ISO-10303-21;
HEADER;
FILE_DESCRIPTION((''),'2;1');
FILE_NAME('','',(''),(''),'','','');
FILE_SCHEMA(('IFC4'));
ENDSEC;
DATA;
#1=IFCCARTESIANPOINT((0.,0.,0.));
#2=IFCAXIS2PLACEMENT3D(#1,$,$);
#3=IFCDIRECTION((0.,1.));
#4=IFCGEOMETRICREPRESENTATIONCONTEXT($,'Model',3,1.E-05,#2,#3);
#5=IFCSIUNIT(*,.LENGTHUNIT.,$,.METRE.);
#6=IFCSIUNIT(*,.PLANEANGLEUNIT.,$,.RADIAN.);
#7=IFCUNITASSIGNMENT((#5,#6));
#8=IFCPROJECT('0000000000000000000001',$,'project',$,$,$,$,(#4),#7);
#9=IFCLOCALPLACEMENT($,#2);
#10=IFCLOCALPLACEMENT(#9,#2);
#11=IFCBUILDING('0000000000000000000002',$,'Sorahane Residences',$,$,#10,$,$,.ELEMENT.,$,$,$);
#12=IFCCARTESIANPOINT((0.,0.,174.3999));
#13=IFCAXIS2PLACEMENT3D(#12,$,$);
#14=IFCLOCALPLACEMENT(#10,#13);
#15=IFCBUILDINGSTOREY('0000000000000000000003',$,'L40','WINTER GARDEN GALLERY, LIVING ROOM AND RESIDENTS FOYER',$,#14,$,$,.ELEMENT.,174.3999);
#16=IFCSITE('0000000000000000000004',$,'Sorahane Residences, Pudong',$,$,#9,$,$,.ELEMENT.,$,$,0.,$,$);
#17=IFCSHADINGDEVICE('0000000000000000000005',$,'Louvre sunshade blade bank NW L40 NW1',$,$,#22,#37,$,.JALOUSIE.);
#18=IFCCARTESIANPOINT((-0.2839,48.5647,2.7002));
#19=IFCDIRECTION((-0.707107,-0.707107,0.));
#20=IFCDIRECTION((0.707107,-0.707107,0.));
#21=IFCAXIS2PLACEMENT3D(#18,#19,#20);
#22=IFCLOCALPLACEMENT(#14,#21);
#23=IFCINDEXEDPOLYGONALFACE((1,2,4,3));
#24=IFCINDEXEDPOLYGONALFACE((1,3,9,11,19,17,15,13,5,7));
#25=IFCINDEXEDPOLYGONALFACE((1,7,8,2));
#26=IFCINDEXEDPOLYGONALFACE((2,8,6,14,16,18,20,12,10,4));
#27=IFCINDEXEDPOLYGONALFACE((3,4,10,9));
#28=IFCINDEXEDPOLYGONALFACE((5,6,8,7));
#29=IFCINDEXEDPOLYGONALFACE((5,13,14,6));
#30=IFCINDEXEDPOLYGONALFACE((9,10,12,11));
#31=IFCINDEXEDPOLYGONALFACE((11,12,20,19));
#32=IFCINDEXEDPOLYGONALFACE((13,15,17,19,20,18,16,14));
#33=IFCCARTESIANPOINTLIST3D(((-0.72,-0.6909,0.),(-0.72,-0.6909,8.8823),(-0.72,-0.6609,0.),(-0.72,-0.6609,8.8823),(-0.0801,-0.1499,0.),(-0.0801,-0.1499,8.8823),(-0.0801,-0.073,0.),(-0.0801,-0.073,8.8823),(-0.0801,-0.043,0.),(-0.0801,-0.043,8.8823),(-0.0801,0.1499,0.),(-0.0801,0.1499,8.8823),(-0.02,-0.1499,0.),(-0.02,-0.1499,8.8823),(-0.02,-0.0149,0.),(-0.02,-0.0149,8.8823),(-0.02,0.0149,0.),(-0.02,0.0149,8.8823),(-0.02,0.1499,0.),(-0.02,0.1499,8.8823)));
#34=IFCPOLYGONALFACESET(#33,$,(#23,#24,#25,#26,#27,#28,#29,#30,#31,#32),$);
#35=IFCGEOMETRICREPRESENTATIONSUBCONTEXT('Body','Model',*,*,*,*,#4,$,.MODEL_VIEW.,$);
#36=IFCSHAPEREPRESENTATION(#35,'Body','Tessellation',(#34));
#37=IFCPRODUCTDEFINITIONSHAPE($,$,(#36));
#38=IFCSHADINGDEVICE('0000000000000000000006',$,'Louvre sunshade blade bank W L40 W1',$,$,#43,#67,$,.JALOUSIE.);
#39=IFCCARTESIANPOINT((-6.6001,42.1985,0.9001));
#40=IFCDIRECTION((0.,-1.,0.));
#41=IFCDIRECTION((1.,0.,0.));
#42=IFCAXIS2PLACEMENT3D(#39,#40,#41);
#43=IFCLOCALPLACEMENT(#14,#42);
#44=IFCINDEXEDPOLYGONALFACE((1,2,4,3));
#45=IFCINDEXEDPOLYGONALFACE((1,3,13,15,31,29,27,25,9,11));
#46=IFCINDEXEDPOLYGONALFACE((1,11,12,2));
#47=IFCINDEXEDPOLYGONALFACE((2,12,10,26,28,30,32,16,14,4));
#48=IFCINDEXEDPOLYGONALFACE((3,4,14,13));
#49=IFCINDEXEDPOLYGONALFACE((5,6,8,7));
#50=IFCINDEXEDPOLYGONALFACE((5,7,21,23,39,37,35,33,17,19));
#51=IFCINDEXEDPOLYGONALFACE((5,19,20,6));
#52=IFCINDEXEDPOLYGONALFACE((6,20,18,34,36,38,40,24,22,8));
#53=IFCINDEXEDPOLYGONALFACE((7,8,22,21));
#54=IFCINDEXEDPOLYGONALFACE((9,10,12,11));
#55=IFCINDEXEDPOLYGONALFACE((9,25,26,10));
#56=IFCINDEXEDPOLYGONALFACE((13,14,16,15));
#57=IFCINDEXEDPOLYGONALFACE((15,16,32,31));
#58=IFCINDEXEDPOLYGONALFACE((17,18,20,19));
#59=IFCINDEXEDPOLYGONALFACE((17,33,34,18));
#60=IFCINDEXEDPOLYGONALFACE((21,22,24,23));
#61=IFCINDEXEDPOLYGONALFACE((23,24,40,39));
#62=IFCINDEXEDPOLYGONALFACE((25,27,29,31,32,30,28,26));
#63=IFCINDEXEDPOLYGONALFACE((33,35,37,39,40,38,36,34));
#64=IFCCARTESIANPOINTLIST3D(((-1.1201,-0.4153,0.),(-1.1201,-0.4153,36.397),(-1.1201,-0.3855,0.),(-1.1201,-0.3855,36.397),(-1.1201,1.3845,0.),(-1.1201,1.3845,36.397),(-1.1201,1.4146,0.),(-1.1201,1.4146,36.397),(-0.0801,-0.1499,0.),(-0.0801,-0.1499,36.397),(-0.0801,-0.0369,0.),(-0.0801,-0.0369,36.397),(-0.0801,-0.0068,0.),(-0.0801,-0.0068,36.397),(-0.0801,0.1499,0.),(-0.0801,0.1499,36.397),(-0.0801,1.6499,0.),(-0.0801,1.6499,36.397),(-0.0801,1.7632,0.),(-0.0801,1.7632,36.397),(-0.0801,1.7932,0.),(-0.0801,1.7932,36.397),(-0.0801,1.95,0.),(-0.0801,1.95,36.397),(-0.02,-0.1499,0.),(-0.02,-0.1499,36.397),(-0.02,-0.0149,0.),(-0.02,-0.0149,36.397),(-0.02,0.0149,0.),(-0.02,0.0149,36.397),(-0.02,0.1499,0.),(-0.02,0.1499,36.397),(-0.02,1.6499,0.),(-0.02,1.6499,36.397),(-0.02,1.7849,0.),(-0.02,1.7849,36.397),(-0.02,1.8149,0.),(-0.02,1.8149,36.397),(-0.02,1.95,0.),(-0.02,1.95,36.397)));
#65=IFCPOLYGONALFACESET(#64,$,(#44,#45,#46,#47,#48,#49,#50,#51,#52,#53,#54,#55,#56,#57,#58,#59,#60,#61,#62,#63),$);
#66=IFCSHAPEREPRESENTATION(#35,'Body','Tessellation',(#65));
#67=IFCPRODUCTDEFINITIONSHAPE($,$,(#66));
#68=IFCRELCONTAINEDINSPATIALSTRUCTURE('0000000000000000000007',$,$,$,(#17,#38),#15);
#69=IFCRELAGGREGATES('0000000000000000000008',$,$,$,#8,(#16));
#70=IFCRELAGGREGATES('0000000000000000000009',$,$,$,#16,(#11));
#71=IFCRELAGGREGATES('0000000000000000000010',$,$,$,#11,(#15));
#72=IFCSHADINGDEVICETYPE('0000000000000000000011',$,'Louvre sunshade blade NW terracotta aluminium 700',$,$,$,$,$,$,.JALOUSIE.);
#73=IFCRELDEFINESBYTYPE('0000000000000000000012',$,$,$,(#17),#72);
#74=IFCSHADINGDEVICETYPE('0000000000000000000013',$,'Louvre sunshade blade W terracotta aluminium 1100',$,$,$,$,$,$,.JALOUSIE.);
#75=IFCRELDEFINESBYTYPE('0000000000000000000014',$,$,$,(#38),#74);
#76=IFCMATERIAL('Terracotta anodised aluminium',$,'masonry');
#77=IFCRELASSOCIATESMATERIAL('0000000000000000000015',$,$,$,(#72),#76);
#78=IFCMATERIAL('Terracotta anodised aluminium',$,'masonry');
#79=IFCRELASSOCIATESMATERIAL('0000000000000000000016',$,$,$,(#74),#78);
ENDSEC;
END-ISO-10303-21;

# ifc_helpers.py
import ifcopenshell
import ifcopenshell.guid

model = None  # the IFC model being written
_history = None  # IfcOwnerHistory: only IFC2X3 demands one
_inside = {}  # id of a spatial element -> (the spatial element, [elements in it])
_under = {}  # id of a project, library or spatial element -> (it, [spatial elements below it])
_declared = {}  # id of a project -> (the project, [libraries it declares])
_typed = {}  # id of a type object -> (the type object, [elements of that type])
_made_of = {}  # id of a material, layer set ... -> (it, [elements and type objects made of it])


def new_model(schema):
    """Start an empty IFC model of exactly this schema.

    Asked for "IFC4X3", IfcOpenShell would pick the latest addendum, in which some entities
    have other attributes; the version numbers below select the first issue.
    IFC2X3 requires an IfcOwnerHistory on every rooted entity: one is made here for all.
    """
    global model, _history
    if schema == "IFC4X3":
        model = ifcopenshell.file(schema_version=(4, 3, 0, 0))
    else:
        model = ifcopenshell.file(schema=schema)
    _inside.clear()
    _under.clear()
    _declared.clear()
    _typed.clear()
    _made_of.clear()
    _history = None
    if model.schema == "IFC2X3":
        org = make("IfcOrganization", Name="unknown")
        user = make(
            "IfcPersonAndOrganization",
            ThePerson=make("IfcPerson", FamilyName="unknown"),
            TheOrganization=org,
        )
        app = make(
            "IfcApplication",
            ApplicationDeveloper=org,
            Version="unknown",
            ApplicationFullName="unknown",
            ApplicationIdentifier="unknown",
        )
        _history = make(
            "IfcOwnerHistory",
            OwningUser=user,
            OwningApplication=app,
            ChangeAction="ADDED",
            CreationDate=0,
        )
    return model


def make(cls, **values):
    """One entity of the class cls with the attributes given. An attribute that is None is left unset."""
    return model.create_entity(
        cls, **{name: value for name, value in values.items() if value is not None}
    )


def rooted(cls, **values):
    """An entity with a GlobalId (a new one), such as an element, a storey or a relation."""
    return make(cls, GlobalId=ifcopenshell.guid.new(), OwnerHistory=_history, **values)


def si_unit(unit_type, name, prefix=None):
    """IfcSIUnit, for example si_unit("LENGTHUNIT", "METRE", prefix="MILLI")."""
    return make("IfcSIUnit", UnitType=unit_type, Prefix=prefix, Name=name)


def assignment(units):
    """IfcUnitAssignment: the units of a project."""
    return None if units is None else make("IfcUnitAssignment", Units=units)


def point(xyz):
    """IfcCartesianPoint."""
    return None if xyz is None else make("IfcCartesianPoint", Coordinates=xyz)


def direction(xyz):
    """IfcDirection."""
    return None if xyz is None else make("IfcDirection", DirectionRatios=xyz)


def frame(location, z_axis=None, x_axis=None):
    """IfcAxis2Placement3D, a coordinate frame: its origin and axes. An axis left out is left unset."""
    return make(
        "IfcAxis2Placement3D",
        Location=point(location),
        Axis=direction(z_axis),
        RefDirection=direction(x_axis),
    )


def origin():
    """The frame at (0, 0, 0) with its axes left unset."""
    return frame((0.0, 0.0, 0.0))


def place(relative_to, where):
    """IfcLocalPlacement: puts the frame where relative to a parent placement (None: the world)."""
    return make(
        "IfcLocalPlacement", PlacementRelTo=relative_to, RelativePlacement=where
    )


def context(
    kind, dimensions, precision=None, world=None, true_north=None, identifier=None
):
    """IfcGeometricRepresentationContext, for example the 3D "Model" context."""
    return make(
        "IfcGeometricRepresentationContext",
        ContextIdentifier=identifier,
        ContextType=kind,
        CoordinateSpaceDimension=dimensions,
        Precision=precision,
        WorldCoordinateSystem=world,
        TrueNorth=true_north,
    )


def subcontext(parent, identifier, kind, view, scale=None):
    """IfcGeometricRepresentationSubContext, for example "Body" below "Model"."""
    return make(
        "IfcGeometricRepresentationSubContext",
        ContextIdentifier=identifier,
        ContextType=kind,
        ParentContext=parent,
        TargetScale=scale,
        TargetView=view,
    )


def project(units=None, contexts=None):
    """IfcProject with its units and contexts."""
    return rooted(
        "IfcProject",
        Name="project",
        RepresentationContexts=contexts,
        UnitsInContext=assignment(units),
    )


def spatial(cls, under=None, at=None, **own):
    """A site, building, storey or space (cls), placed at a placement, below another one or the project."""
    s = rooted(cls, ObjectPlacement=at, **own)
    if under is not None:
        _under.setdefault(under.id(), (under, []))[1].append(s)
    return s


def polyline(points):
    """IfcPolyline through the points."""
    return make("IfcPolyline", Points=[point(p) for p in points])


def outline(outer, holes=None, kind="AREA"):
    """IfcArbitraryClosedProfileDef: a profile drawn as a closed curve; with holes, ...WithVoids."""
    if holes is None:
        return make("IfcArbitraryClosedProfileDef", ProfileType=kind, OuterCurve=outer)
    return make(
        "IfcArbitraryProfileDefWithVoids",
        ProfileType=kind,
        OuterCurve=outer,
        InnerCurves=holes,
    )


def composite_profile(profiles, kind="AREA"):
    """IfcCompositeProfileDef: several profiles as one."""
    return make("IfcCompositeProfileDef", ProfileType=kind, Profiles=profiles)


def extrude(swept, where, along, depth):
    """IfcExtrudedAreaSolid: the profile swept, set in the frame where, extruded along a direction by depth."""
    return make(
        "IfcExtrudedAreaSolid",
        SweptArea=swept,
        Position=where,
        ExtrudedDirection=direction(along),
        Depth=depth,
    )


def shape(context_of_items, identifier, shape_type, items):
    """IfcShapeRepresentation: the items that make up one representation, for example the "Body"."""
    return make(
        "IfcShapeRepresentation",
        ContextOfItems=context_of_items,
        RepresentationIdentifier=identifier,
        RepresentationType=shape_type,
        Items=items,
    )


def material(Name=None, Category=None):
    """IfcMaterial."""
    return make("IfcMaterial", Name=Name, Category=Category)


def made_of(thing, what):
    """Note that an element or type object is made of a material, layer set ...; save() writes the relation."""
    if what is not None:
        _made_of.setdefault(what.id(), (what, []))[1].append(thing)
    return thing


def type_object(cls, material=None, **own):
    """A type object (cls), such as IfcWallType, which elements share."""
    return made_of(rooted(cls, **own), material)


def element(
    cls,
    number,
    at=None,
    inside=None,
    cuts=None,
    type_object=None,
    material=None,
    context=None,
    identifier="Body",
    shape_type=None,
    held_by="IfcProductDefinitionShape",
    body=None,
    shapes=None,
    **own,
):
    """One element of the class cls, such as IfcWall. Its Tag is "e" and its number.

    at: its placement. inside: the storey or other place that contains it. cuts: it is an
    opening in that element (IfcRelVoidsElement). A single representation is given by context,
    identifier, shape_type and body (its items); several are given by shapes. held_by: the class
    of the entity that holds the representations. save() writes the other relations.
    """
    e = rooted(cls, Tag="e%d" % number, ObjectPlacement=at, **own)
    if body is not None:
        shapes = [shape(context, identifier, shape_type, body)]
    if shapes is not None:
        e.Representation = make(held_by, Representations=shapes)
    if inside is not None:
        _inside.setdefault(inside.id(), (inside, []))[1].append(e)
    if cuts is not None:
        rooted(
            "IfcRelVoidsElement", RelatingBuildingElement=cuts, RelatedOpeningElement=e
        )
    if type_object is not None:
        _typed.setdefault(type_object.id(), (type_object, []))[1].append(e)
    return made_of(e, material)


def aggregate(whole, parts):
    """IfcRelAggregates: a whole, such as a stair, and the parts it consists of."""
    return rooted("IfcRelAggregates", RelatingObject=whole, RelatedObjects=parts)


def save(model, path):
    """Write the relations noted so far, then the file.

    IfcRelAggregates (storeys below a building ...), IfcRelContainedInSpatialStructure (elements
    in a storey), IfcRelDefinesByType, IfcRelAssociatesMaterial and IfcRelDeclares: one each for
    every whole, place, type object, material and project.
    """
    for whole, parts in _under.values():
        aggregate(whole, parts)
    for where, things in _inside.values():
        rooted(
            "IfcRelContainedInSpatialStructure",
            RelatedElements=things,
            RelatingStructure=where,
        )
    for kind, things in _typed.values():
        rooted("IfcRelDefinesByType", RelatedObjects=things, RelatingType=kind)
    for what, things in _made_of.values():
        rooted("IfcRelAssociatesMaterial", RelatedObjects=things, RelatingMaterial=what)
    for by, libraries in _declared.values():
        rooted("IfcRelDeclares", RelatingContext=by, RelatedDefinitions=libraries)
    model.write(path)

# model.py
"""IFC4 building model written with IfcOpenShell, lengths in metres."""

from ifc_helpers import new_model, si_unit, direction, frame, origin, place, context, subcontext, project, spatial, polyline, outline, composite_profile, extrude, material, type_object, element, save


model = new_model("IFC4")

# Units and contexts
model_context = context("Model", 3, precision=1e-05, world=origin(), true_north=direction((0.0, 1.0)))
body_context = subcontext(model_context, "Body", "Model", "MODEL_VIEW")
ifc_project = project(units=[si_unit("LENGTHUNIT", "METRE"), si_unit("PLANEANGLEUNIT", "RADIAN")], contexts=[model_context])

# Site, building, storey
site_placement = place(None, origin())
site = spatial("IfcSite", under=ifc_project, at=site_placement, Name="Sorahane Residences, Pudong", CompositionType="ELEMENT", RefElevation=0.0)
building_placement = place(site_placement, origin())
building = spatial("IfcBuilding", under=site, at=building_placement, Name="Sorahane Residences", CompositionType="ELEMENT")
storey_placement = place(building_placement, frame((0.0, 0.0, 174.3999)))
storey = spatial("IfcBuildingStorey", under=building, at=storey_placement, Name="L40", Description="WINTER GARDEN GALLERY, LIVING ROOM AND RESIDENTS FOYER", CompositionType="ELEMENT", Elevation=174.3999)

# Shading devices
ifc_material_1 = material(Name="Terracotta anodised aluminium", Category="masonry")
shading_device_type_1 = type_object("IfcShadingDeviceType", Name="Louvre sunshade blade NW terracotta aluminium 700", PredefinedType="JALOUSIE", material=ifc_material_1)
shading_device_1_placement = place(storey_placement, frame((-0.2839, 48.5647, 2.7002), z_axis=(-0.707107, -0.707107, 0.0), x_axis=(0.707107, -0.707107, 0.0)))
element("IfcShadingDevice", 1, at=shading_device_1_placement, inside=storey, type_object=shading_device_type_1, Name="Louvre sunshade blade bank NW L40 NW1", PredefinedType="JALOUSIE", context=body_context, shape_type="SweptSolid", body=[
    extrude(outline(polyline([(-0.72, -0.6609), (-0.72, -0.6909), (-0.0801, -0.073), (-0.0801, -0.1499), (-0.02, -0.1499), (-0.02, -0.0149), (-0.02, 0.0149), (-0.02, 0.1499), (-0.0801, 0.1499), (-0.0801, -0.043), (-0.72, -0.6609)])), origin(), (0.0, 0.0, 1.0), 8.8823),
])
ifc_material_2 = material(Name="Terracotta anodised aluminium", Category="masonry")
shading_device_type_2 = type_object("IfcShadingDeviceType", Name="Louvre sunshade blade W terracotta aluminium 1100", PredefinedType="JALOUSIE", material=ifc_material_2)
shading_device_2_placement = place(storey_placement, frame((-6.6001, 42.1985, 0.9001), z_axis=(0.0, -1.0, 0.0), x_axis=(1.0, 0.0, 0.0)))
element("IfcShadingDevice", 2, at=shading_device_2_placement, inside=storey, type_object=shading_device_type_2, Name="Louvre sunshade blade bank W L40 W1", PredefinedType="JALOUSIE", context=body_context, shape_type="SweptSolid", body=[
    extrude(composite_profile([outline(polyline([(-1.1201, -0.3855), (-1.1201, -0.4153), (-0.0801, -0.0369), (-0.0801, -0.1499), (-0.02, -0.1499), (-0.02, -0.0149), (-0.02, 0.0149), (-0.02, 0.1499), (-0.0801, 0.1499), (-0.0801, -0.0068), (-1.1201, -0.3855)])), outline(polyline([(-1.1201, 1.4146), (-1.1201, 1.3845), (-0.0801, 1.7632), (-0.0801, 1.6499), (-0.02, 1.6499), (-0.02, 1.7849), (-0.02, 1.8149), (-0.02, 1.95), (-0.0801, 1.95), (-0.0801, 1.7932), (-1.1201, 1.4146)]))]), origin(), (0.0, 0.0, 1.0), 36.397),
])

save(model, "model.ifc")
